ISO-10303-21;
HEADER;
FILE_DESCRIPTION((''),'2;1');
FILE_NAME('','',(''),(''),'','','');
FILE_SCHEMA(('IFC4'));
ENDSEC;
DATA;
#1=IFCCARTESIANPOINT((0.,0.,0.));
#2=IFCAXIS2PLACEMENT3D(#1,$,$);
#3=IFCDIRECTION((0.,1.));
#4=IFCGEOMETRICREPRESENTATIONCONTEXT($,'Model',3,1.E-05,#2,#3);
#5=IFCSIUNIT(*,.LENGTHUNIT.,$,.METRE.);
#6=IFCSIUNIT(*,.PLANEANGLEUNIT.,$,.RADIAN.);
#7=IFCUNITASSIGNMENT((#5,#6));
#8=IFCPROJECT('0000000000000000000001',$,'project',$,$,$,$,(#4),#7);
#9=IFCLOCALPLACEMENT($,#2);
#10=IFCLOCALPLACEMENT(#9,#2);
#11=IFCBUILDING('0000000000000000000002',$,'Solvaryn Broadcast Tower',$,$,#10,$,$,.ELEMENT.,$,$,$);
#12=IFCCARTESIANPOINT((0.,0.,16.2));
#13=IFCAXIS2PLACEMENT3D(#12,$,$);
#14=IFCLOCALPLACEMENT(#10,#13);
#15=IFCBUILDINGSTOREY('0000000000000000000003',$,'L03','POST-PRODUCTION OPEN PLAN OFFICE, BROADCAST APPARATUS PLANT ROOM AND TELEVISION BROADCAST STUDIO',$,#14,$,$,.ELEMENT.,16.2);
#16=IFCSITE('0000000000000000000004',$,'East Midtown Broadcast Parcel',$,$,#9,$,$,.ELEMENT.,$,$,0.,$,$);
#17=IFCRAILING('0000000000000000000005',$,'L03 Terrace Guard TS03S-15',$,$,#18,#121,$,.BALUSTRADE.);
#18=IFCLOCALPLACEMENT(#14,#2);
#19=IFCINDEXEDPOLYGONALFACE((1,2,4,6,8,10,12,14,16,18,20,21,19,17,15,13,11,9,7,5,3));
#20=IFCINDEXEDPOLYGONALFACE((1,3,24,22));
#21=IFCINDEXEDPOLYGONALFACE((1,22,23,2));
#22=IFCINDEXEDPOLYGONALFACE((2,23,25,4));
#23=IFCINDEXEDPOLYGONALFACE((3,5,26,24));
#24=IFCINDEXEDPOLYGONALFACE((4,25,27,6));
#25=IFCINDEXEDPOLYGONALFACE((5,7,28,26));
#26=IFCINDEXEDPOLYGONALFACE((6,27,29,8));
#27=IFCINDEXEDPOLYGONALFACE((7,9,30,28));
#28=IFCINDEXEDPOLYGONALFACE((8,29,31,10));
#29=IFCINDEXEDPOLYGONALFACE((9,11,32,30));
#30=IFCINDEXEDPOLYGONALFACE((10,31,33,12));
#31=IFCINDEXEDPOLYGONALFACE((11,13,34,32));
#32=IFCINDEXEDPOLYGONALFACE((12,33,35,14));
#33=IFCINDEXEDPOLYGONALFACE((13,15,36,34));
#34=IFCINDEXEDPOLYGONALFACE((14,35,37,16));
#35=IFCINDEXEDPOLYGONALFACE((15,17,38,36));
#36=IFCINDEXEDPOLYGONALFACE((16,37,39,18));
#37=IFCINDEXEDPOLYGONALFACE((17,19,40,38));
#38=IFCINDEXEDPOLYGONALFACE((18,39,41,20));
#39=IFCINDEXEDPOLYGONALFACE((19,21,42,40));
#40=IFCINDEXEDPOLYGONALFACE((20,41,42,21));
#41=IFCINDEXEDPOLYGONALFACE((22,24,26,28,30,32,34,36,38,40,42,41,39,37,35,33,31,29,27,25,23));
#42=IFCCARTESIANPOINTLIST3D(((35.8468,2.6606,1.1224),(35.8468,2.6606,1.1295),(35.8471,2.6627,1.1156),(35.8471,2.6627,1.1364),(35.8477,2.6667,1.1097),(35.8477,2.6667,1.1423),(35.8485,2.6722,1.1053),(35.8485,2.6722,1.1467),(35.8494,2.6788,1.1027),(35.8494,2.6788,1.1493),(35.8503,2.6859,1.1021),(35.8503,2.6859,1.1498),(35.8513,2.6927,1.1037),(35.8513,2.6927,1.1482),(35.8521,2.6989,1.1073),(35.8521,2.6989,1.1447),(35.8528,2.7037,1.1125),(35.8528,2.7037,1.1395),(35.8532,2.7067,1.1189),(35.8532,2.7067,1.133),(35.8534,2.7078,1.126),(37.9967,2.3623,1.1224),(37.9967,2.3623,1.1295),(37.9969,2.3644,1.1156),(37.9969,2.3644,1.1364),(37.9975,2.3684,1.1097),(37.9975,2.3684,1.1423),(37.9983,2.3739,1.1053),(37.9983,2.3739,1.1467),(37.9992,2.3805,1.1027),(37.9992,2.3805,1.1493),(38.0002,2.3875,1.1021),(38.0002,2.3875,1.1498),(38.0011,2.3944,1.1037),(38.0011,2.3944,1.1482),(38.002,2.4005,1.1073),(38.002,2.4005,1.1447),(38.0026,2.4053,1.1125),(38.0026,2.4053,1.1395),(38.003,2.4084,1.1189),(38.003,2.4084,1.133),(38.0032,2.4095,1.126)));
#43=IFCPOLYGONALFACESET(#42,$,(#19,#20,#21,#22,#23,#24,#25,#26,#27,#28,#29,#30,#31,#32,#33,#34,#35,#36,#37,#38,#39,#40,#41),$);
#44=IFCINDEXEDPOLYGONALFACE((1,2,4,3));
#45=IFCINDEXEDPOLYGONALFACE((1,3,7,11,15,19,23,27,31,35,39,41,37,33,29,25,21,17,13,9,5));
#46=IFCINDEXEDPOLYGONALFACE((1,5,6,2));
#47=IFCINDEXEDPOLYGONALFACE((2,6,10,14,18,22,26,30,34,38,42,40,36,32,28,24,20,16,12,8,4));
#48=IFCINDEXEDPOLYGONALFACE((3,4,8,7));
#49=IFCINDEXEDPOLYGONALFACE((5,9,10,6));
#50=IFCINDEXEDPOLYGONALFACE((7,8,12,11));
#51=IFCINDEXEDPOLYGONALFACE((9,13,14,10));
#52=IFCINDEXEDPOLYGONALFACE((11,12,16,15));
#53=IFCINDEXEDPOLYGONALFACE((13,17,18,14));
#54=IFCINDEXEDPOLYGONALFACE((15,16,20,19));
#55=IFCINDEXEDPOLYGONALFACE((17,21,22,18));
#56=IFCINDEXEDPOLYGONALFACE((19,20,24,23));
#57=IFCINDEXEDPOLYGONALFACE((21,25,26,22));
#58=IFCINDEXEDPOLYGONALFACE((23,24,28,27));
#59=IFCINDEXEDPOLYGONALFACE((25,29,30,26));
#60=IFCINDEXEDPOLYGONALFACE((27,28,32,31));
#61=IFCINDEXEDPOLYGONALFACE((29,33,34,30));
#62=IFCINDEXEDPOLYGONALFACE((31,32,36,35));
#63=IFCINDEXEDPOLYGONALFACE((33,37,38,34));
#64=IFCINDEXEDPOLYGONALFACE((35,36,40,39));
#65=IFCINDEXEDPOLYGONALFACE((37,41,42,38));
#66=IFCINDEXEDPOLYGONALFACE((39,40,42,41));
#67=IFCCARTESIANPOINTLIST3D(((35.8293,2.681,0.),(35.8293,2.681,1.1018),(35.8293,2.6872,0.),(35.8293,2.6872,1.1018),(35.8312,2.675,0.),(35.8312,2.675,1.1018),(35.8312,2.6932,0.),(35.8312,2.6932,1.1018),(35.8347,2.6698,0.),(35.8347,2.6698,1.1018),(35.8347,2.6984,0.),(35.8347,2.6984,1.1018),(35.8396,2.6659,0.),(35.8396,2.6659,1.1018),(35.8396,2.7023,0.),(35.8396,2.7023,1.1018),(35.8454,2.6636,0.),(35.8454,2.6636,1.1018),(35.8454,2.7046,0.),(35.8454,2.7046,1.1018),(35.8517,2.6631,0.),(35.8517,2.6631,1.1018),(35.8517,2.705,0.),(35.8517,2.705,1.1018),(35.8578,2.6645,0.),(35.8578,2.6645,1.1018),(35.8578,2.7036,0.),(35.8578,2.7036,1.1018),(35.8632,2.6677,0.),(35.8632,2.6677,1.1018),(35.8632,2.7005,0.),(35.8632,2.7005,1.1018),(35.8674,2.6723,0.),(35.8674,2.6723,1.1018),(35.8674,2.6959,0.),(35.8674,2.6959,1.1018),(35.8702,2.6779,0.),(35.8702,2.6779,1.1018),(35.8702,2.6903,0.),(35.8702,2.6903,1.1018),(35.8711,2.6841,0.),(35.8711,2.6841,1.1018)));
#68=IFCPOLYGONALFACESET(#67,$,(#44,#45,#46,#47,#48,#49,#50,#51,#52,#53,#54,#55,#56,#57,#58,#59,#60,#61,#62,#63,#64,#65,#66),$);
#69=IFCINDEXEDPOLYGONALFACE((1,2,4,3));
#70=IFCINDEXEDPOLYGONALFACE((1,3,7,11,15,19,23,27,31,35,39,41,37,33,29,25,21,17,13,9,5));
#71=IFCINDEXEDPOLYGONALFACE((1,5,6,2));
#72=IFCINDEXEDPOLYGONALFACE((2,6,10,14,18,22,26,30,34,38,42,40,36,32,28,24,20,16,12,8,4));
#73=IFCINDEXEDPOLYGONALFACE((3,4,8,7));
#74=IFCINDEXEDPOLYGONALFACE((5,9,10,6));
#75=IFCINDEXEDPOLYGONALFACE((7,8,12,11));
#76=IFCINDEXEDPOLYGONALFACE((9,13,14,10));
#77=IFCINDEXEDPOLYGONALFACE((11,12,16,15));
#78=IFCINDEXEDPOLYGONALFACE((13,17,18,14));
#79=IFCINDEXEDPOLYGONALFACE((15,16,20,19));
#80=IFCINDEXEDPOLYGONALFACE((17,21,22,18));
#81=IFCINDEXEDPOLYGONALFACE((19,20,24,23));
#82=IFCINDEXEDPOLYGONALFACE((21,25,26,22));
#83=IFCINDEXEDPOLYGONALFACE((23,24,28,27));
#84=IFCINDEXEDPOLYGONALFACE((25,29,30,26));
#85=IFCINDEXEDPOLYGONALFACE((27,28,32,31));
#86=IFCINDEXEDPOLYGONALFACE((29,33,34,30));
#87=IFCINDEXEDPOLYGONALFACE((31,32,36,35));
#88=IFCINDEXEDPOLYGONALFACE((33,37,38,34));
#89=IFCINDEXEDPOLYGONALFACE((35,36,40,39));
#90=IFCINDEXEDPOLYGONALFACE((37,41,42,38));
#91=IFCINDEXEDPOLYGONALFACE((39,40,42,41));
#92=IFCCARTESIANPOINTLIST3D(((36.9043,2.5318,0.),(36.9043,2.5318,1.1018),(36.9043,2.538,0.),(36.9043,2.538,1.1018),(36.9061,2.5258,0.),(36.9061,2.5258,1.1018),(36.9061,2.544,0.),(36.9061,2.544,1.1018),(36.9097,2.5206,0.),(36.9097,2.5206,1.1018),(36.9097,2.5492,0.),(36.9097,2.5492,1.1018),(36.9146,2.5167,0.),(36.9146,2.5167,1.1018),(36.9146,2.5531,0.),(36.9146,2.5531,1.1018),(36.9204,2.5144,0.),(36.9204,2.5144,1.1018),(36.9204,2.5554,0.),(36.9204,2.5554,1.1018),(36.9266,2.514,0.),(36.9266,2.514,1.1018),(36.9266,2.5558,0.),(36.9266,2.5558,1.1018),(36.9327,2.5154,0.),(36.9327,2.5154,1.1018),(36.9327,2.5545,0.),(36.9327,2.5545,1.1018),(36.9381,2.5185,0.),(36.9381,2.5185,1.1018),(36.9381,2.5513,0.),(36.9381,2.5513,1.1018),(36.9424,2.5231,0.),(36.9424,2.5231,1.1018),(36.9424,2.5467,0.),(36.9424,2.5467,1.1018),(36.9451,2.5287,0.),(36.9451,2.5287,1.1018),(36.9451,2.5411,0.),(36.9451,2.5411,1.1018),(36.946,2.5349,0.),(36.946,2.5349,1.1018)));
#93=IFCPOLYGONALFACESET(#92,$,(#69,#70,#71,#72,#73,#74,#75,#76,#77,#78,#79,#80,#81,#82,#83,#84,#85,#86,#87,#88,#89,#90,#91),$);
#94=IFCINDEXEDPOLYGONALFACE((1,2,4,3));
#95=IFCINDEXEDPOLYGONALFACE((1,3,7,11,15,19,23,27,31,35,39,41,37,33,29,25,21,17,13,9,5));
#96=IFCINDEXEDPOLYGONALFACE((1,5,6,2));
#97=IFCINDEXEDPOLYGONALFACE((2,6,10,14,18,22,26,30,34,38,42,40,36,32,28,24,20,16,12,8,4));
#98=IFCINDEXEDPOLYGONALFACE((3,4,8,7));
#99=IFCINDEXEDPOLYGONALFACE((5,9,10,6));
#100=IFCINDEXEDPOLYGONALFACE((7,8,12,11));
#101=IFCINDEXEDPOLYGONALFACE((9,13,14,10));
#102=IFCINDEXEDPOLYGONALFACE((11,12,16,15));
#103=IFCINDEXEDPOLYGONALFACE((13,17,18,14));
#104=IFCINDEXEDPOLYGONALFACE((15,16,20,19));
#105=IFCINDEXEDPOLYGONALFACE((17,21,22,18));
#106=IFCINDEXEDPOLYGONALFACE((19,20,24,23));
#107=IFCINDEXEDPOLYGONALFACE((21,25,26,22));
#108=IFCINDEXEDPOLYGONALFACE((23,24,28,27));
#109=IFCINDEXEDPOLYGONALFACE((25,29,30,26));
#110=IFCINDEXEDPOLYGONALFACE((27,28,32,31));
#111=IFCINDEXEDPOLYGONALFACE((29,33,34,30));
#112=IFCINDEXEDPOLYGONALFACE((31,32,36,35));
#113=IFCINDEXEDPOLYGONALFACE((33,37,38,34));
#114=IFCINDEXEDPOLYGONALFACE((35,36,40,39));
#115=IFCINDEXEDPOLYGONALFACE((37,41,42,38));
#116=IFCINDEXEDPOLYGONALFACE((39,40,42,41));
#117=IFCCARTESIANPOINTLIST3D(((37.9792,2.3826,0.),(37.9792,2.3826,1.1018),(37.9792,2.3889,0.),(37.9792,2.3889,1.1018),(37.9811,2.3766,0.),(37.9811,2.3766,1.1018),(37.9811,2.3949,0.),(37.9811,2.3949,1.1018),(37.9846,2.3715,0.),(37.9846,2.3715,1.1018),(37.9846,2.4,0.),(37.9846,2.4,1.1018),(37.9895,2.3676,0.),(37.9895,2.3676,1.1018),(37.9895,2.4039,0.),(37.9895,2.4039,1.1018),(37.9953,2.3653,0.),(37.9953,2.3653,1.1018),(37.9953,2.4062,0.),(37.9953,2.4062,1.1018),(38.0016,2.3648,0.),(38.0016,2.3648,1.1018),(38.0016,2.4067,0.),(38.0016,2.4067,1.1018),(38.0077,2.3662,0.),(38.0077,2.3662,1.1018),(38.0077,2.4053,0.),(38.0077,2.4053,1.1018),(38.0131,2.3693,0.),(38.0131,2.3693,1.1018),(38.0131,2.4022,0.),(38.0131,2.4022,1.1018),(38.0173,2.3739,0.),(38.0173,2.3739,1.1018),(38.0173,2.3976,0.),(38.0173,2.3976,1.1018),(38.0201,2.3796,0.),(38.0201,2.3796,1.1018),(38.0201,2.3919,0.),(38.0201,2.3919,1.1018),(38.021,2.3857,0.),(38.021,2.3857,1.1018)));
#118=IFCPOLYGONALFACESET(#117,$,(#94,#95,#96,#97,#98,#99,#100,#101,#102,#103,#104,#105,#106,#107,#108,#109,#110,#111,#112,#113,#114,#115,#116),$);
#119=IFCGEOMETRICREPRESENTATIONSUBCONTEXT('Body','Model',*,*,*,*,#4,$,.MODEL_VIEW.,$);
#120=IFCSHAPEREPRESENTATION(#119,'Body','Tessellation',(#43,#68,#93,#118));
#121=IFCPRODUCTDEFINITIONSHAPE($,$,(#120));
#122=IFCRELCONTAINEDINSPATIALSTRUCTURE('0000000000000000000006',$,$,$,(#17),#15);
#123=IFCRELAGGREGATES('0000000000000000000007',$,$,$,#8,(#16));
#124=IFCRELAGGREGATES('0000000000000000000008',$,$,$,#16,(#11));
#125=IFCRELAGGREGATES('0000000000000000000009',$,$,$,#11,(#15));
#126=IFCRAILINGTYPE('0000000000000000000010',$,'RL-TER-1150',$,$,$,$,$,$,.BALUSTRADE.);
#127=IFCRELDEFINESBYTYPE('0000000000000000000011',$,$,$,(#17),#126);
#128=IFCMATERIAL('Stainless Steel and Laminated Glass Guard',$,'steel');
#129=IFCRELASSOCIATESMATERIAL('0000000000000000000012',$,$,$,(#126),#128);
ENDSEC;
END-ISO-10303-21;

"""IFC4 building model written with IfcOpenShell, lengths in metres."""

from ifc_helpers import new_model, si_unit, direction, frame, origin, origin_2d, place, context, subcontext, project, spatial, circle, extrude, material, type_object, element, save


model = new_model("IFC4")

# Units and contexts
model_context = context("Model", 3, precision=1e-05, world=origin(), true_north=direction((0.0, 1.0)))
body_context = subcontext(model_context, "Body", "Model", "MODEL_VIEW")
ifc_project = project(units=[si_unit("LENGTHUNIT", "METRE"), si_unit("PLANEANGLEUNIT", "RADIAN")], contexts=[model_context])

# Site, building, storey
site_placement = place(None, origin())
site = spatial("IfcSite", under=ifc_project, at=site_placement, Name="East Midtown Broadcast Parcel", CompositionType="ELEMENT", RefElevation=0.0)
building_placement = place(site_placement, origin())
building = spatial("IfcBuilding", under=site, at=building_placement, Name="Solvaryn Broadcast Tower", CompositionType="ELEMENT")
storey_placement = place(building_placement, frame((0.0, 0.0, 16.2)))
storey = spatial("IfcBuildingStorey", under=building, at=storey_placement, Name="L03", Description="POST-PRODUCTION OPEN PLAN OFFICE, BROADCAST APPARATUS PLANT ROOM AND TELEVISION BROADCAST STUDIO", CompositionType="ELEMENT", Elevation=16.2)

# Railing
ifc_material_1 = material(Name="Stainless Steel and Laminated Glass Guard", Category="steel")
railing_type = type_object("IfcRailingType", Name="RL-TER-1150", PredefinedType="BALUSTRADE", material=ifc_material_1)
railing_1_placement = place(storey_placement, frame((35.8501, 2.6841, 0.0)))
element("IfcRailing", 1, at=railing_1_placement, inside=storey, type_object=railing_type, Name="L03 Terrace Guard TS03S-15", PredefinedType="BALUSTRADE", context=body_context, shape_type="SweptSolid", body=[
    extrude(circle(Radius=0.0239, at=origin_2d()), frame((0.0, 0.0, 1.126), z_axis=(0.990508, -0.137452, 0.0), x_axis=(0.137452, 0.990508, 0.0)), (0.0, 0.0, 1.0), 2.1704),
    extrude(circle(Radius=0.021, at=origin_2d()), origin(), (0.0, 0.0, 1.0), 1.1018),
    extrude(circle(Radius=0.021, at=origin_2d()), frame((1.075, -0.1492, 0.0)), (0.0, 0.0, 1.0), 1.1018),
    extrude(circle(Radius=0.021, at=origin_2d()), frame((2.1499, -0.2983, 0.0)), (0.0, 0.0, 1.0), 1.1018),
])

save(model, "model.ifc")
